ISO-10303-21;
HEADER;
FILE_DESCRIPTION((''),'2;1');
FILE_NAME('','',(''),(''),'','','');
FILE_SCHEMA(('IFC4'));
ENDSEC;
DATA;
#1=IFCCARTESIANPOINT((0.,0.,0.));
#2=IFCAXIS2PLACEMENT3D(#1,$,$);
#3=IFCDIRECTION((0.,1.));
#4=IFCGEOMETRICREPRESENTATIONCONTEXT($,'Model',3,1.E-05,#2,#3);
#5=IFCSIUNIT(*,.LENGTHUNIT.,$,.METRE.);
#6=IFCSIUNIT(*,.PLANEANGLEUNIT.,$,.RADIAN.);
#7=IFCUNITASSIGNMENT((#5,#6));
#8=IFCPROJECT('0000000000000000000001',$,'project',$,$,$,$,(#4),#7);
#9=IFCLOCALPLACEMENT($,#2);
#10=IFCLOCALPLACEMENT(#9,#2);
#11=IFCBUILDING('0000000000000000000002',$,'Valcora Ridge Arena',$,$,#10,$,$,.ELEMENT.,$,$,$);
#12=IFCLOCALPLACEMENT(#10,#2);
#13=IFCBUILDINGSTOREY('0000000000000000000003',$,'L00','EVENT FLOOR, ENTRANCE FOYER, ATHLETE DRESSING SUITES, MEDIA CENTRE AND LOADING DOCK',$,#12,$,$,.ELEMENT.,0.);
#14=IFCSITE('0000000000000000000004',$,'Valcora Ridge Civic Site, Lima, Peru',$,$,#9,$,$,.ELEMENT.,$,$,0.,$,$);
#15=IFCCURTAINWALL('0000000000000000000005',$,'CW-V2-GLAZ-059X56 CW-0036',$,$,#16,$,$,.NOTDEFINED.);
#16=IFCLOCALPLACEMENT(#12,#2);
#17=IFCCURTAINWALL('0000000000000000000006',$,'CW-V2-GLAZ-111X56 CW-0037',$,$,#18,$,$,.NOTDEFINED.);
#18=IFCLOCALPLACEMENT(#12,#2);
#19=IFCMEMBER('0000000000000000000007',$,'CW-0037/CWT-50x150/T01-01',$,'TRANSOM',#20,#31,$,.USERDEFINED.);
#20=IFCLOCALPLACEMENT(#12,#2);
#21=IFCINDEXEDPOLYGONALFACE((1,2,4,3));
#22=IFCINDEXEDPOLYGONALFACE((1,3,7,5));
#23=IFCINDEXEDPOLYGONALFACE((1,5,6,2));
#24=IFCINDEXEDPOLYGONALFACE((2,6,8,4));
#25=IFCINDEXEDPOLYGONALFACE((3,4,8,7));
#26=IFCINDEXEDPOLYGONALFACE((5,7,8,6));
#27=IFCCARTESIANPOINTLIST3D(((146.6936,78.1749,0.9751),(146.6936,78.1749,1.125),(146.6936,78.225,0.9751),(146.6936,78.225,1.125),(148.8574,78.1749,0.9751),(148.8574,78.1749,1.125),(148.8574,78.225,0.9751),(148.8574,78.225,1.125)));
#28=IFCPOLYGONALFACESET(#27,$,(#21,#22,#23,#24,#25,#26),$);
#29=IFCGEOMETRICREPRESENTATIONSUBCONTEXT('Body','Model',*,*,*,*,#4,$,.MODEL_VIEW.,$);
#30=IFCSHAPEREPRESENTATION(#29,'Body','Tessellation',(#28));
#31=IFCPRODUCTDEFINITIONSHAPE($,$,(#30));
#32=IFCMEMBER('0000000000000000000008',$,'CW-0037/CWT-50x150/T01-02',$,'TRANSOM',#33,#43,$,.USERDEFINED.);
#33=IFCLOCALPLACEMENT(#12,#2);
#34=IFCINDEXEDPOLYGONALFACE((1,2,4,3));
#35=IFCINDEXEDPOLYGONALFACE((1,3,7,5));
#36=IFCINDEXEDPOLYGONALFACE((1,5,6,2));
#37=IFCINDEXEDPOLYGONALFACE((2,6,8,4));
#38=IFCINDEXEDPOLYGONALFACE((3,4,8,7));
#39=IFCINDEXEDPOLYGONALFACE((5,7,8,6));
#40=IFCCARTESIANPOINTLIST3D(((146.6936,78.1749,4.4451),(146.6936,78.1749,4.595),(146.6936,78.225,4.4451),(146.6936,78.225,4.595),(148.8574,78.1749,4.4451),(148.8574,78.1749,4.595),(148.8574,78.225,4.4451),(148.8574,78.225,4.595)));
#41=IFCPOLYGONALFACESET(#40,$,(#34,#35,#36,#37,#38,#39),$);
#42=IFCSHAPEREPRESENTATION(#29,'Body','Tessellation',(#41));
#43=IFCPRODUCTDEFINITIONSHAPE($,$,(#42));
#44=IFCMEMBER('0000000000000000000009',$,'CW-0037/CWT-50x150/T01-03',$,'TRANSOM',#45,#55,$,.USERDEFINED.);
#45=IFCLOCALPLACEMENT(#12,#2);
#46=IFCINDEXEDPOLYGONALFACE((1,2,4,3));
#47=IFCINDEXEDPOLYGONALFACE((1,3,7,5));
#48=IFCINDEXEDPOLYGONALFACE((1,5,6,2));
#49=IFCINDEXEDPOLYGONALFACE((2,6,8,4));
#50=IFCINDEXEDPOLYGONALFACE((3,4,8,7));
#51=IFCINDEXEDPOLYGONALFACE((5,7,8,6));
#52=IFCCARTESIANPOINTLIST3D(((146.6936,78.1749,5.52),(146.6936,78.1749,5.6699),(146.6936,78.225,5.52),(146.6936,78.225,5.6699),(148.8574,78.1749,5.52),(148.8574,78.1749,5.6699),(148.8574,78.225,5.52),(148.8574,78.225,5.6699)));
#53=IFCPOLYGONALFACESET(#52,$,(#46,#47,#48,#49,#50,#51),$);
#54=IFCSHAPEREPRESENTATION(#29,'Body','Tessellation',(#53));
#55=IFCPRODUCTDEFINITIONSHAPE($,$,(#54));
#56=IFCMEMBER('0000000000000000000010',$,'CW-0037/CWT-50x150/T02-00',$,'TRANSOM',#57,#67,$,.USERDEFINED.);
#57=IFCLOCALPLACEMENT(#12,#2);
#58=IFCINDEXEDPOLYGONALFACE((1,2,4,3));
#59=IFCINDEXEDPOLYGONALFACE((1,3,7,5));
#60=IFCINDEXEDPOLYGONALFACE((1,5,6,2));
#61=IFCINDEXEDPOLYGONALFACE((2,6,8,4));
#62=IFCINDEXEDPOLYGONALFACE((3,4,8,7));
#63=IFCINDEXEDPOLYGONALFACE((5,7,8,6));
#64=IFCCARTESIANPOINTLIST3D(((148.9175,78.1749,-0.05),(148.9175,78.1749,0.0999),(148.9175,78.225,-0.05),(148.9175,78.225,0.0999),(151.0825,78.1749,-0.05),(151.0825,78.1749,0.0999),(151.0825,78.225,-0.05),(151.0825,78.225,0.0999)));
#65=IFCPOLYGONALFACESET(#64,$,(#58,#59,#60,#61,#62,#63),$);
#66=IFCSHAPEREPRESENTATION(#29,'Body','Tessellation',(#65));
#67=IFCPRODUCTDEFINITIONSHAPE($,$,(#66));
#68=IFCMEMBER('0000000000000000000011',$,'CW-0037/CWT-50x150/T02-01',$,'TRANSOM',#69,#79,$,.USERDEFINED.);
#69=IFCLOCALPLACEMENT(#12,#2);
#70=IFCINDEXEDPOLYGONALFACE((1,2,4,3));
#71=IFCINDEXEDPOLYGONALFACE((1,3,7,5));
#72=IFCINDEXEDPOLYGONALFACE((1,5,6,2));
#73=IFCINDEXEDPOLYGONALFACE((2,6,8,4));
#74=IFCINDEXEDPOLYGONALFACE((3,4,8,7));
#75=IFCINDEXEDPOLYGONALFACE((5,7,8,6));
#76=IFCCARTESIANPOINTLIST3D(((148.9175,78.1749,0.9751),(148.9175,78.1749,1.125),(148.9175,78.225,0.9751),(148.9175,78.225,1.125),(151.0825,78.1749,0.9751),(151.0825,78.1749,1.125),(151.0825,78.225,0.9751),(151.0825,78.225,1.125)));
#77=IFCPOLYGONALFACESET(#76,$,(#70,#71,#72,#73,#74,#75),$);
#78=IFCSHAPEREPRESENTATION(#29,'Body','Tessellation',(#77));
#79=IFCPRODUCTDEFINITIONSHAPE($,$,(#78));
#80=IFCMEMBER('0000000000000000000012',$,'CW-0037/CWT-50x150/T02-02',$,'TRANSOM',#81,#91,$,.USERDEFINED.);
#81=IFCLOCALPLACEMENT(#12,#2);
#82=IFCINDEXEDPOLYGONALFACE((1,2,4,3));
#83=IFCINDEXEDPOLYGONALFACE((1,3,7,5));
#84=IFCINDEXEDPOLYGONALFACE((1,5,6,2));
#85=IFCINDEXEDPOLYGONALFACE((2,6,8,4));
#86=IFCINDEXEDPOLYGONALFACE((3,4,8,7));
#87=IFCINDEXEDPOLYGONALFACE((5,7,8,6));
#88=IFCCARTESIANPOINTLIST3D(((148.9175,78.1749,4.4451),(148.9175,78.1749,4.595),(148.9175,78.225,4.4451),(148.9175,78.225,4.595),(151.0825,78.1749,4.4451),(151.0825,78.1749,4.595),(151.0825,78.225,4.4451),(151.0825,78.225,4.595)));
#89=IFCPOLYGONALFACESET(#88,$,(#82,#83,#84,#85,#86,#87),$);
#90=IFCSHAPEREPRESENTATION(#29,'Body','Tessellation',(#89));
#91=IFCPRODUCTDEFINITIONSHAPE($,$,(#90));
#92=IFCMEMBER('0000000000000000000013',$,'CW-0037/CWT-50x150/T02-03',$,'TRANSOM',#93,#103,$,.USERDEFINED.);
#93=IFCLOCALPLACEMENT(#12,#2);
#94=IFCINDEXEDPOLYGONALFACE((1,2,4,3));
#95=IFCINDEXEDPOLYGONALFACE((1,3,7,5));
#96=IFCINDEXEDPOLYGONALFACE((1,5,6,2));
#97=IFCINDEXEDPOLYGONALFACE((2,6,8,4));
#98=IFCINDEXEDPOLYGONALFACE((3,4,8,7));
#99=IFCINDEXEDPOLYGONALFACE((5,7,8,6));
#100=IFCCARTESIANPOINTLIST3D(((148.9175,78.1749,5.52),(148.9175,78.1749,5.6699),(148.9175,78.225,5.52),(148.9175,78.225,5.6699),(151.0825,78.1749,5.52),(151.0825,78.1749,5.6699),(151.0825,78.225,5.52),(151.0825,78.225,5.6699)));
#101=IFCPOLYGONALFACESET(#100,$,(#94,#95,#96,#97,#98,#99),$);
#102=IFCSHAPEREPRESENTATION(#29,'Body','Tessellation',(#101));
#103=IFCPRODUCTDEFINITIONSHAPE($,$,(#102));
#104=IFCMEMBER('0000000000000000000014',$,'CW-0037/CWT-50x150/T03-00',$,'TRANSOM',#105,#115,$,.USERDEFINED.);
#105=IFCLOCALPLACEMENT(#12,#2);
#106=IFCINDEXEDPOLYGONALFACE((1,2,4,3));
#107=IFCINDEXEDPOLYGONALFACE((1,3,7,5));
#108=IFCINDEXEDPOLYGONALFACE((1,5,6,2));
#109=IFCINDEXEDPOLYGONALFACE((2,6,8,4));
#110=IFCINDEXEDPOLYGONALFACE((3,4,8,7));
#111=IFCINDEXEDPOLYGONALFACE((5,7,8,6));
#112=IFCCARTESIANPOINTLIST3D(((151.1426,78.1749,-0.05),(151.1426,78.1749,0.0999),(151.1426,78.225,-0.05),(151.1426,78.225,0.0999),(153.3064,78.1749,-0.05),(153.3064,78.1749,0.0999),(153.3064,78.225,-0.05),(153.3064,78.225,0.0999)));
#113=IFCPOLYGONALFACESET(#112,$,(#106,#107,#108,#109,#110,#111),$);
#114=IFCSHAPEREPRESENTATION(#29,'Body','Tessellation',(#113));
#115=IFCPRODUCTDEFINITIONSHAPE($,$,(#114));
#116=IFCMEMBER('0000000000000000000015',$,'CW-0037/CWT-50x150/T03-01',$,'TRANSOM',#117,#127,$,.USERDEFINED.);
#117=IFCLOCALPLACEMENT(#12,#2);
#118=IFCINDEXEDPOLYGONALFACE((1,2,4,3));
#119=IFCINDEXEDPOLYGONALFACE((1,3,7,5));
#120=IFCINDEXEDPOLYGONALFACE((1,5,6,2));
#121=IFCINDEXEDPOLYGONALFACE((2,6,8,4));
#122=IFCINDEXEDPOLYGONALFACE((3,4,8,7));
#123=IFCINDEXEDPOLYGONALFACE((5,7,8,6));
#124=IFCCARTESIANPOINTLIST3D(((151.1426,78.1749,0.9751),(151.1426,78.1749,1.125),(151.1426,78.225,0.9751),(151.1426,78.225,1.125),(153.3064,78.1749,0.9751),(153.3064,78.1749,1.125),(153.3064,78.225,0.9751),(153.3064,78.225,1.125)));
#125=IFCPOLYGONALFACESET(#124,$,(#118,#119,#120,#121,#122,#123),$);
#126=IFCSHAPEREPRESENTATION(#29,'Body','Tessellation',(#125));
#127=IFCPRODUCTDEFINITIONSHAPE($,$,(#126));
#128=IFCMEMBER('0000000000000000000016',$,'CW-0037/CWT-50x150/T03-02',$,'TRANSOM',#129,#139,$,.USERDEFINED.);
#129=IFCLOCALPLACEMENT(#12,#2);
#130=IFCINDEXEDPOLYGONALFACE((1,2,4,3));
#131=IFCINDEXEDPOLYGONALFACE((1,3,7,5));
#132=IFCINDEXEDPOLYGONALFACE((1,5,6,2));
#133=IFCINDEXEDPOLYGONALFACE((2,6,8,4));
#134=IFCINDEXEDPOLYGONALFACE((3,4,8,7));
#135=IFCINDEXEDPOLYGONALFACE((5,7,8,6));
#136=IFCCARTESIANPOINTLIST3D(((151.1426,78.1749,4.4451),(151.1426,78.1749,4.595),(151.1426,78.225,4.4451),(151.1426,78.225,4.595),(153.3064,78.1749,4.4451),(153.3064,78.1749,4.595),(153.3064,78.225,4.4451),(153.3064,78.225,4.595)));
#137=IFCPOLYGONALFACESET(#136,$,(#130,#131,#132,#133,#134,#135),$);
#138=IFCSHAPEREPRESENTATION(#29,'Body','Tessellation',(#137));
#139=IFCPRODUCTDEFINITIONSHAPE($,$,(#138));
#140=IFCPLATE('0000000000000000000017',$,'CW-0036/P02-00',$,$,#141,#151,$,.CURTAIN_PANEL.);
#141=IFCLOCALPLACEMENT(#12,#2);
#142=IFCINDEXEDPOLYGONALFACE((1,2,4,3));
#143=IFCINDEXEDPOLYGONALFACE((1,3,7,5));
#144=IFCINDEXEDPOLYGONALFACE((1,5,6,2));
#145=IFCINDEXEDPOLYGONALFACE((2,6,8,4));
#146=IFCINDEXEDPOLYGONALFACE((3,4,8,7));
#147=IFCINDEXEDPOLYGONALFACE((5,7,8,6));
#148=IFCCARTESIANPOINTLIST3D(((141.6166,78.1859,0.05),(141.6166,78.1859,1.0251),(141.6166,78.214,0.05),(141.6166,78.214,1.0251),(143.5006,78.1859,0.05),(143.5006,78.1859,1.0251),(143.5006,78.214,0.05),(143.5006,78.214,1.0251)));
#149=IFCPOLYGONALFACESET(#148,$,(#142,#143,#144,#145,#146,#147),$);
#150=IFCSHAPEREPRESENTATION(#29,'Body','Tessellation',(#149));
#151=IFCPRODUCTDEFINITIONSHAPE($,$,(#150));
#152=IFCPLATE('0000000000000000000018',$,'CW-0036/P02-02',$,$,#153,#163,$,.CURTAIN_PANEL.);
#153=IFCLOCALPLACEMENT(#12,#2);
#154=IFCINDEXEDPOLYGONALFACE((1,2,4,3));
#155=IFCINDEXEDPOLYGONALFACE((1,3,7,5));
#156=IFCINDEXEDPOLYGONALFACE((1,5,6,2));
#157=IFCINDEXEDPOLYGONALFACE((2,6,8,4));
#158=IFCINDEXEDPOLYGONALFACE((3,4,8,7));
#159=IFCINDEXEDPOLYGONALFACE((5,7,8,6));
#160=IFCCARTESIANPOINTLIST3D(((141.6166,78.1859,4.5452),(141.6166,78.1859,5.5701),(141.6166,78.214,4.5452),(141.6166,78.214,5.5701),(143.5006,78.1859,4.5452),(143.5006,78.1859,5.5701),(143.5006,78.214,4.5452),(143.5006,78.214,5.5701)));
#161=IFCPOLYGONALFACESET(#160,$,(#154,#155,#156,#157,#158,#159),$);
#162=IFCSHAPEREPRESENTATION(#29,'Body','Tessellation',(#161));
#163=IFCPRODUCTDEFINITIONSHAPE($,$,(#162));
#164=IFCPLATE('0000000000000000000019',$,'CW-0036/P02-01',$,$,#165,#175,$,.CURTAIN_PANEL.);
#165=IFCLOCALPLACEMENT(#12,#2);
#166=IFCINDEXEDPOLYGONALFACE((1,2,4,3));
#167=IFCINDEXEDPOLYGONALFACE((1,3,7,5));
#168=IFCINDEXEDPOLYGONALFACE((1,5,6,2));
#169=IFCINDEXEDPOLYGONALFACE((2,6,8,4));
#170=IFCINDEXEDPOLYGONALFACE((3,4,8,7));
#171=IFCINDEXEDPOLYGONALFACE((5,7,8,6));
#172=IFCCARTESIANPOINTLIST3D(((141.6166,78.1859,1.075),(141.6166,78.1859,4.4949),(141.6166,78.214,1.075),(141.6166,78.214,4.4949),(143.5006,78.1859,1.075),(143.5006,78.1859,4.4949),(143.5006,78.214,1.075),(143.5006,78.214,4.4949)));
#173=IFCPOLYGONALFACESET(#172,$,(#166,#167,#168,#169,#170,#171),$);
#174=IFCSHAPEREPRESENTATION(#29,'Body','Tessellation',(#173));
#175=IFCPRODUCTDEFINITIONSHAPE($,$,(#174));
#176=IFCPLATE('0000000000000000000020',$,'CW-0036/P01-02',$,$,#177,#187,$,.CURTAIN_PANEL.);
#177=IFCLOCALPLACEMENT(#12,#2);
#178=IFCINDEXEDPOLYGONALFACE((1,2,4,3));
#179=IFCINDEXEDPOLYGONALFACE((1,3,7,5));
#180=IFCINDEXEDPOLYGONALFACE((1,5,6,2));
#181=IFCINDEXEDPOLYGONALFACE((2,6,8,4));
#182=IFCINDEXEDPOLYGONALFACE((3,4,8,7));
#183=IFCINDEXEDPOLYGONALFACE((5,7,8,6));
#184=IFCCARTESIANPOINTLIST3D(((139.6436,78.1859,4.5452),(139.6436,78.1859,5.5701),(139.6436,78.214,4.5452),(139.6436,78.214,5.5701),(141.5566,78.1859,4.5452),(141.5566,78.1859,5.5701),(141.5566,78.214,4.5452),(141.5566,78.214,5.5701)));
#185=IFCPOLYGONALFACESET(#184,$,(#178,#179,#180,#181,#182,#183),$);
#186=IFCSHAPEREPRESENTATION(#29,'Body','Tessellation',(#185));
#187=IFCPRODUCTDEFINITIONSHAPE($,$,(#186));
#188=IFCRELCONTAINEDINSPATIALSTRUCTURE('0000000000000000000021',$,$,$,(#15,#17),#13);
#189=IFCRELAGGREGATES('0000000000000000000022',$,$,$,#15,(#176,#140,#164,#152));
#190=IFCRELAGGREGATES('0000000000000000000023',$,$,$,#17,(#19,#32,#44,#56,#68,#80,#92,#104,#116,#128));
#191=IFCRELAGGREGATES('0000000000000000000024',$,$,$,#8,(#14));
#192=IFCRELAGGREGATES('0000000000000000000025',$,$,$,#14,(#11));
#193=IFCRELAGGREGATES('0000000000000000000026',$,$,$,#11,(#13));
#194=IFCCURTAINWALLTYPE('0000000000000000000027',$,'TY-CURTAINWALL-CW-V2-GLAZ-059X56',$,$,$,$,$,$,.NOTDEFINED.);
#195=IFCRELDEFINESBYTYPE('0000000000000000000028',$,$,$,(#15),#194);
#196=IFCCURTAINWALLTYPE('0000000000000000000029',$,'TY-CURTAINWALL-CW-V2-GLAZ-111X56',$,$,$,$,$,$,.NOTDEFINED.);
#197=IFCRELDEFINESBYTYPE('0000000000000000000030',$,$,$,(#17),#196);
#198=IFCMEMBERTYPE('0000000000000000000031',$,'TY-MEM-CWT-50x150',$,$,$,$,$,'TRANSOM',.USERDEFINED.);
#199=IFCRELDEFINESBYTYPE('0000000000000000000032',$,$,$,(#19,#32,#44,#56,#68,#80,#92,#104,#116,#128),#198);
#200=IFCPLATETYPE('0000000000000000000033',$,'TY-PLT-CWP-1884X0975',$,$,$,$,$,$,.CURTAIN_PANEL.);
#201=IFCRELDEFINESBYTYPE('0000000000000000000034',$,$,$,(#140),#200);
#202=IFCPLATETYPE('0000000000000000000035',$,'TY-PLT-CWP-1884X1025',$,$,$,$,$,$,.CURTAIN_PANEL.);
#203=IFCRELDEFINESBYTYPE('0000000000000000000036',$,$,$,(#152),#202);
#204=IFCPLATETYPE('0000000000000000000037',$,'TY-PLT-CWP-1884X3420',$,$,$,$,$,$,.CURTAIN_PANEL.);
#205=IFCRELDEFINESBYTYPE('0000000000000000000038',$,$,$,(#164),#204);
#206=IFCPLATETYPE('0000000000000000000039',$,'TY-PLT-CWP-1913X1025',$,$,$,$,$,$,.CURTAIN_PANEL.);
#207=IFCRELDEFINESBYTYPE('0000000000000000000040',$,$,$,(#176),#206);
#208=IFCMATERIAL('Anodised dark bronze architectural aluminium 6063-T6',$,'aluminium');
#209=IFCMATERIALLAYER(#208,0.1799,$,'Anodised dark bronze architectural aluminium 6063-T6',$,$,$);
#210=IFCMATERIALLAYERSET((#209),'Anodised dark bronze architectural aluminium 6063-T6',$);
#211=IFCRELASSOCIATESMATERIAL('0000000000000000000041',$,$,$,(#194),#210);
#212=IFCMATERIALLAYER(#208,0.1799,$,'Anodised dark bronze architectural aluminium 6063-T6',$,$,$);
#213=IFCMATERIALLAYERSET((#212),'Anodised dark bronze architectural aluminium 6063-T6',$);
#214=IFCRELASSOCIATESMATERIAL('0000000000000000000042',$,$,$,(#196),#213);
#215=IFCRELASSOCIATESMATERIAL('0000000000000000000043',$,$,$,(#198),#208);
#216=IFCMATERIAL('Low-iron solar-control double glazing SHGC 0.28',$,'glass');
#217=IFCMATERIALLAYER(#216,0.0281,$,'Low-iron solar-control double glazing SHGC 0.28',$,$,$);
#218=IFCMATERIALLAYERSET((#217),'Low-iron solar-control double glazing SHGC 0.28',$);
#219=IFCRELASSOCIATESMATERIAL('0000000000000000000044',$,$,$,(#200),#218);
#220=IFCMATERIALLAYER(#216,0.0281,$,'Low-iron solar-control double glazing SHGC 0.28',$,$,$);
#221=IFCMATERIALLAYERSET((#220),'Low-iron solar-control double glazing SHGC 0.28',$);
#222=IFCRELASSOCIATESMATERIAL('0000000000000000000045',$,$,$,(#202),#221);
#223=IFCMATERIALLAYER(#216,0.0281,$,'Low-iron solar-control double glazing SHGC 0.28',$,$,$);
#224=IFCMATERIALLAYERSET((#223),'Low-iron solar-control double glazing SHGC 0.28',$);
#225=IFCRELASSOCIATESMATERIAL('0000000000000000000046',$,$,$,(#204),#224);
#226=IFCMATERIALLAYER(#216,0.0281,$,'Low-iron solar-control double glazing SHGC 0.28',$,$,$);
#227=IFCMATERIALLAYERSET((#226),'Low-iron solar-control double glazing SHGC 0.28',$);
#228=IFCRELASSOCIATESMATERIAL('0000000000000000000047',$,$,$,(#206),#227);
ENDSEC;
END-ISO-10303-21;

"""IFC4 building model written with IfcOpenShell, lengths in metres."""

from ifc_helpers import new_model, si_unit, direction, frame, origin, origin_2d, place, context, subcontext, project, spatial, rectangle, extrude, material, layer, layer_set, material_profile, profile_set, type_object, element, aggregate, save


model = new_model("IFC4")

# Units and contexts
model_context = context("Model", 3, precision=1e-05, world=origin(), true_north=direction((0.0, 1.0)))
body_context = subcontext(model_context, "Body", "Model", "MODEL_VIEW")
ifc_project = project(units=[si_unit("LENGTHUNIT", "METRE"), si_unit("PLANEANGLEUNIT", "RADIAN")], contexts=[model_context])

# Site, building, storey
site_placement = place(None, origin())
site = spatial("IfcSite", under=ifc_project, at=site_placement, Name="Valcora Ridge Civic Site, Lima, Peru", CompositionType="ELEMENT", RefElevation=0.0)
building_placement = place(site_placement, origin())
building = spatial("IfcBuilding", under=site, at=building_placement, Name="Valcora Ridge Arena", CompositionType="ELEMENT")
storey_placement = place(building_placement, origin())
storey = spatial("IfcBuildingStorey", under=building, at=storey_placement, Name="L00", Description="EVENT FLOOR, ENTRANCE FOYER, ATHLETE DRESSING SUITES, MEDIA CENTRE AND LOADING DOCK", CompositionType="ELEMENT", Elevation=0.0)

# Curtain walls
ifc_material_1 = material(Name="Anodised dark bronze architectural aluminium 6063-T6", Category="aluminium")
ifc_layer_1 = layer(ifc_material_1, 0.1799, Name="Anodised dark bronze architectural aluminium 6063-T6")
ifc_layer_set_1 = layer_set([ifc_layer_1], Name="Anodised dark bronze architectural aluminium 6063-T6")
curtain_wall_type_1 = type_object("IfcCurtainWallType", Name="TY-CURTAINWALL-CW-V2-GLAZ-059X56", PredefinedType="NOTDEFINED", material=ifc_layer_set_1)
curtain_wall_1_placement = place(storey_placement, origin())
curtain_wall_1 = element("IfcCurtainWall", 1, at=curtain_wall_1_placement, inside=storey, type_object=curtain_wall_type_1, Name="CW-V2-GLAZ-059X56 CW-0036", PredefinedType="NOTDEFINED")
ifc_layer_2 = layer(ifc_material_1, 0.1799, Name="Anodised dark bronze architectural aluminium 6063-T6")
ifc_layer_set_2 = layer_set([ifc_layer_2], Name="Anodised dark bronze architectural aluminium 6063-T6")
curtain_wall_type_2 = type_object("IfcCurtainWallType", Name="TY-CURTAINWALL-CW-V2-GLAZ-111X56", PredefinedType="NOTDEFINED", material=ifc_layer_set_2)
curtain_wall_2_placement = place(storey_placement, origin())
curtain_wall_2 = element("IfcCurtainWall", 2, at=curtain_wall_2_placement, inside=storey, type_object=curtain_wall_type_2, Name="CW-V2-GLAZ-111X56 CW-0037", PredefinedType="NOTDEFINED")

# Members
ifc_material_profile_1 = material_profile(ifc_material_1, rectangle(XDim=0.05, YDim=0.1499, at=origin_2d()), Name="ALU TRANSOM 50x150")
ifc_profile_set_1 = profile_set([ifc_material_profile_1], Name="Anodised dark bronze architectural aluminium 6063-T6")
member_type_1 = type_object("IfcMemberType", Name="TY-MEM-CWT-50x150", ElementType="TRANSOM", PredefinedType="USERDEFINED", material=ifc_profile_set_1)
member_1_placement = place(storey_placement, frame((146.6936, 78.2, 1.05), z_axis=(1.0, 0.0, 0.0), x_axis=(0.0, 1.0, 0.0)))
member_1 = element("IfcMember", 3, at=member_1_placement, type_object=member_type_1, Name="CW-0037/CWT-50x150/T01-01", ObjectType="TRANSOM", PredefinedType="USERDEFINED", context=body_context, shape_type="SweptSolid", body=[
    extrude(rectangle(XDim=0.05, YDim=0.1499, at=origin_2d()), origin(), (0.0, 0.0, 1.0), 2.1638),
])
member_2_placement = place(storey_placement, frame((146.6936, 78.2, 4.52), z_axis=(1.0, 0.0, 0.0), x_axis=(0.0, 1.0, 0.0)))
member_2 = element("IfcMember", 4, at=member_2_placement, type_object=member_type_1, Name="CW-0037/CWT-50x150/T01-02", ObjectType="TRANSOM", PredefinedType="USERDEFINED", context=body_context, shape_type="SweptSolid", body=[
    extrude(rectangle(XDim=0.05, YDim=0.1499, at=origin_2d()), origin(), (0.0, 0.0, 1.0), 2.1638),
])
member_3_placement = place(storey_placement, frame((146.6936, 78.2, 5.595), z_axis=(1.0, 0.0, 0.0), x_axis=(0.0, 1.0, 0.0)))
member_3 = element("IfcMember", 5, at=member_3_placement, type_object=member_type_1, Name="CW-0037/CWT-50x150/T01-03", ObjectType="TRANSOM", PredefinedType="USERDEFINED", context=body_context, shape_type="SweptSolid", body=[
    extrude(rectangle(XDim=0.05, YDim=0.1499, at=origin_2d()), origin(), (0.0, 0.0, 1.0), 2.1638),
])
member_4_placement = place(storey_placement, frame((148.9175, 78.2, 0.0249), z_axis=(1.0, 0.0, 0.0), x_axis=(0.0, 1.0, 0.0)))
member_4 = element("IfcMember", 6, at=member_4_placement, type_object=member_type_1, Name="CW-0037/CWT-50x150/T02-00", ObjectType="TRANSOM", PredefinedType="USERDEFINED", context=body_context, shape_type="SweptSolid", body=[
    extrude(rectangle(XDim=0.05, YDim=0.1499, at=origin_2d()), origin(), (0.0, 0.0, 1.0), 2.165),
])
member_5_placement = place(storey_placement, frame((148.9175, 78.2, 1.05), z_axis=(1.0, 0.0, 0.0), x_axis=(0.0, 1.0, 0.0)))
member_5 = element("IfcMember", 7, at=member_5_placement, type_object=member_type_1, Name="CW-0037/CWT-50x150/T02-01", ObjectType="TRANSOM", PredefinedType="USERDEFINED", context=body_context, shape_type="SweptSolid", body=[
    extrude(rectangle(XDim=0.05, YDim=0.1499, at=origin_2d()), origin(), (0.0, 0.0, 1.0), 2.165),
])
member_6_placement = place(storey_placement, frame((148.9175, 78.2, 4.52), z_axis=(1.0, 0.0, 0.0), x_axis=(0.0, 1.0, 0.0)))
member_6 = element("IfcMember", 8, at=member_6_placement, type_object=member_type_1, Name="CW-0037/CWT-50x150/T02-02", ObjectType="TRANSOM", PredefinedType="USERDEFINED", context=body_context, shape_type="SweptSolid", body=[
    extrude(rectangle(XDim=0.05, YDim=0.1499, at=origin_2d()), origin(), (0.0, 0.0, 1.0), 2.165),
])
member_7_placement = place(storey_placement, frame((148.9175, 78.2, 5.595), z_axis=(1.0, 0.0, 0.0), x_axis=(0.0, 1.0, 0.0)))
member_7 = element("IfcMember", 9, at=member_7_placement, type_object=member_type_1, Name="CW-0037/CWT-50x150/T02-03", ObjectType="TRANSOM", PredefinedType="USERDEFINED", context=body_context, shape_type="SweptSolid", body=[
    extrude(rectangle(XDim=0.05, YDim=0.1499, at=origin_2d()), origin(), (0.0, 0.0, 1.0), 2.165),
])
member_8_placement = place(storey_placement, frame((151.1426, 78.2, 0.0249), z_axis=(1.0, 0.0, 0.0), x_axis=(0.0, 1.0, 0.0)))
member_8 = element("IfcMember", 10, at=member_8_placement, type_object=member_type_1, Name="CW-0037/CWT-50x150/T03-00", ObjectType="TRANSOM", PredefinedType="USERDEFINED", context=body_context, shape_type="SweptSolid", body=[
    extrude(rectangle(XDim=0.05, YDim=0.1499, at=origin_2d()), origin(), (0.0, 0.0, 1.0), 2.1638),
])
member_9_placement = place(storey_placement, frame((151.1426, 78.2, 1.05), z_axis=(1.0, 0.0, 0.0), x_axis=(0.0, 1.0, 0.0)))
member_9 = element("IfcMember", 11, at=member_9_placement, type_object=member_type_1, Name="CW-0037/CWT-50x150/T03-01", ObjectType="TRANSOM", PredefinedType="USERDEFINED", context=body_context, shape_type="SweptSolid", body=[
    extrude(rectangle(XDim=0.05, YDim=0.1499, at=origin_2d()), origin(), (0.0, 0.0, 1.0), 2.1638),
])
member_10_placement = place(storey_placement, frame((151.1426, 78.2, 4.52), z_axis=(1.0, 0.0, 0.0), x_axis=(0.0, 1.0, 0.0)))
member_10 = element("IfcMember", 12, at=member_10_placement, type_object=member_type_1, Name="CW-0037/CWT-50x150/T03-02", ObjectType="TRANSOM", PredefinedType="USERDEFINED", context=body_context, shape_type="SweptSolid", body=[
    extrude(rectangle(XDim=0.05, YDim=0.1499, at=origin_2d()), origin(), (0.0, 0.0, 1.0), 2.1638),
])

# Plates
ifc_material_2 = material(Name="Low-iron solar-control double glazing SHGC 0.28", Category="glass")
ifc_layer_3 = layer(ifc_material_2, 0.0281, Name="Low-iron solar-control double glazing SHGC 0.28")
ifc_layer_set_3 = layer_set([ifc_layer_3], Name="Low-iron solar-control double glazing SHGC 0.28")
plate_type_1 = type_object("IfcPlateType", Name="TY-PLT-CWP-1884X0975", PredefinedType="CURTAIN_PANEL", material=ifc_layer_set_3)
plate_1_placement = place(storey_placement, frame((142.5586, 78.2, 0.05), z_axis=(0.0, 0.0, 1.0), x_axis=(1.0, 0.0, 0.0)))
plate_1 = element("IfcPlate", 13, at=plate_1_placement, type_object=plate_type_1, Name="CW-0036/P02-00", PredefinedType="CURTAIN_PANEL", context=body_context, shape_type="SweptSolid", body=[
    extrude(rectangle(XDim=1.884, YDim=0.0281, at=origin_2d()), origin(), (0.0, 0.0, 1.0), 0.9751),
])
ifc_layer_4 = layer(ifc_material_2, 0.0281, Name="Low-iron solar-control double glazing SHGC 0.28")
ifc_layer_set_4 = layer_set([ifc_layer_4], Name="Low-iron solar-control double glazing SHGC 0.28")
plate_type_2 = type_object("IfcPlateType", Name="TY-PLT-CWP-1884X1025", PredefinedType="CURTAIN_PANEL", material=ifc_layer_set_4)
plate_2_placement = place(storey_placement, frame((142.5586, 78.2, 4.5452), z_axis=(0.0, 0.0, 1.0), x_axis=(1.0, 0.0, 0.0)))
plate_2 = element("IfcPlate", 14, at=plate_2_placement, type_object=plate_type_2, Name="CW-0036/P02-02", PredefinedType="CURTAIN_PANEL", context=body_context, shape_type="SweptSolid", body=[
    extrude(rectangle(XDim=1.884, YDim=0.0281, at=origin_2d()), origin(), (0.0, 0.0, 1.0), 1.0249),
])
ifc_layer_5 = layer(ifc_material_2, 0.0281, Name="Low-iron solar-control double glazing SHGC 0.28")
ifc_layer_set_5 = layer_set([ifc_layer_5], Name="Low-iron solar-control double glazing SHGC 0.28")
plate_type_3 = type_object("IfcPlateType", Name="TY-PLT-CWP-1884X3420", PredefinedType="CURTAIN_PANEL", material=ifc_layer_set_5)
plate_3_placement = place(storey_placement, frame((142.5586, 78.2, 1.075), z_axis=(0.0, 0.0, 1.0), x_axis=(1.0, 0.0, 0.0)))
plate_3 = element("IfcPlate", 15, at=plate_3_placement, type_object=plate_type_3, Name="CW-0036/P02-01", PredefinedType="CURTAIN_PANEL", context=body_context, shape_type="SweptSolid", body=[
    extrude(rectangle(XDim=1.884, YDim=0.0281, at=origin_2d()), origin(), (0.0, 0.0, 1.0), 3.4199),
])
ifc_layer_6 = layer(ifc_material_2, 0.0281, Name="Low-iron solar-control double glazing SHGC 0.28")
ifc_layer_set_6 = layer_set([ifc_layer_6], Name="Low-iron solar-control double glazing SHGC 0.28")
plate_type_4 = type_object("IfcPlateType", Name="TY-PLT-CWP-1913X1025", PredefinedType="CURTAIN_PANEL", material=ifc_layer_set_6)
plate_4_placement = place(storey_placement, frame((140.6001, 78.2, 4.5452), z_axis=(0.0, 0.0, 1.0), x_axis=(1.0, 0.0, 0.0)))
plate_4 = element("IfcPlate", 16, at=plate_4_placement, type_object=plate_type_4, Name="CW-0036/P01-02", PredefinedType="CURTAIN_PANEL", context=body_context, shape_type="SweptSolid", body=[
    extrude(rectangle(XDim=1.9131, YDim=0.0281, at=origin_2d()), origin(), (0.0, 0.0, 1.0), 1.0249),
])
aggregate(curtain_wall_1, [plate_4, plate_1, plate_3, plate_2])
aggregate(curtain_wall_2, [member_1, member_2, member_3, member_4, member_5, member_6, member_7, member_8, member_9, member_10])

save(model, "model.ifc")
